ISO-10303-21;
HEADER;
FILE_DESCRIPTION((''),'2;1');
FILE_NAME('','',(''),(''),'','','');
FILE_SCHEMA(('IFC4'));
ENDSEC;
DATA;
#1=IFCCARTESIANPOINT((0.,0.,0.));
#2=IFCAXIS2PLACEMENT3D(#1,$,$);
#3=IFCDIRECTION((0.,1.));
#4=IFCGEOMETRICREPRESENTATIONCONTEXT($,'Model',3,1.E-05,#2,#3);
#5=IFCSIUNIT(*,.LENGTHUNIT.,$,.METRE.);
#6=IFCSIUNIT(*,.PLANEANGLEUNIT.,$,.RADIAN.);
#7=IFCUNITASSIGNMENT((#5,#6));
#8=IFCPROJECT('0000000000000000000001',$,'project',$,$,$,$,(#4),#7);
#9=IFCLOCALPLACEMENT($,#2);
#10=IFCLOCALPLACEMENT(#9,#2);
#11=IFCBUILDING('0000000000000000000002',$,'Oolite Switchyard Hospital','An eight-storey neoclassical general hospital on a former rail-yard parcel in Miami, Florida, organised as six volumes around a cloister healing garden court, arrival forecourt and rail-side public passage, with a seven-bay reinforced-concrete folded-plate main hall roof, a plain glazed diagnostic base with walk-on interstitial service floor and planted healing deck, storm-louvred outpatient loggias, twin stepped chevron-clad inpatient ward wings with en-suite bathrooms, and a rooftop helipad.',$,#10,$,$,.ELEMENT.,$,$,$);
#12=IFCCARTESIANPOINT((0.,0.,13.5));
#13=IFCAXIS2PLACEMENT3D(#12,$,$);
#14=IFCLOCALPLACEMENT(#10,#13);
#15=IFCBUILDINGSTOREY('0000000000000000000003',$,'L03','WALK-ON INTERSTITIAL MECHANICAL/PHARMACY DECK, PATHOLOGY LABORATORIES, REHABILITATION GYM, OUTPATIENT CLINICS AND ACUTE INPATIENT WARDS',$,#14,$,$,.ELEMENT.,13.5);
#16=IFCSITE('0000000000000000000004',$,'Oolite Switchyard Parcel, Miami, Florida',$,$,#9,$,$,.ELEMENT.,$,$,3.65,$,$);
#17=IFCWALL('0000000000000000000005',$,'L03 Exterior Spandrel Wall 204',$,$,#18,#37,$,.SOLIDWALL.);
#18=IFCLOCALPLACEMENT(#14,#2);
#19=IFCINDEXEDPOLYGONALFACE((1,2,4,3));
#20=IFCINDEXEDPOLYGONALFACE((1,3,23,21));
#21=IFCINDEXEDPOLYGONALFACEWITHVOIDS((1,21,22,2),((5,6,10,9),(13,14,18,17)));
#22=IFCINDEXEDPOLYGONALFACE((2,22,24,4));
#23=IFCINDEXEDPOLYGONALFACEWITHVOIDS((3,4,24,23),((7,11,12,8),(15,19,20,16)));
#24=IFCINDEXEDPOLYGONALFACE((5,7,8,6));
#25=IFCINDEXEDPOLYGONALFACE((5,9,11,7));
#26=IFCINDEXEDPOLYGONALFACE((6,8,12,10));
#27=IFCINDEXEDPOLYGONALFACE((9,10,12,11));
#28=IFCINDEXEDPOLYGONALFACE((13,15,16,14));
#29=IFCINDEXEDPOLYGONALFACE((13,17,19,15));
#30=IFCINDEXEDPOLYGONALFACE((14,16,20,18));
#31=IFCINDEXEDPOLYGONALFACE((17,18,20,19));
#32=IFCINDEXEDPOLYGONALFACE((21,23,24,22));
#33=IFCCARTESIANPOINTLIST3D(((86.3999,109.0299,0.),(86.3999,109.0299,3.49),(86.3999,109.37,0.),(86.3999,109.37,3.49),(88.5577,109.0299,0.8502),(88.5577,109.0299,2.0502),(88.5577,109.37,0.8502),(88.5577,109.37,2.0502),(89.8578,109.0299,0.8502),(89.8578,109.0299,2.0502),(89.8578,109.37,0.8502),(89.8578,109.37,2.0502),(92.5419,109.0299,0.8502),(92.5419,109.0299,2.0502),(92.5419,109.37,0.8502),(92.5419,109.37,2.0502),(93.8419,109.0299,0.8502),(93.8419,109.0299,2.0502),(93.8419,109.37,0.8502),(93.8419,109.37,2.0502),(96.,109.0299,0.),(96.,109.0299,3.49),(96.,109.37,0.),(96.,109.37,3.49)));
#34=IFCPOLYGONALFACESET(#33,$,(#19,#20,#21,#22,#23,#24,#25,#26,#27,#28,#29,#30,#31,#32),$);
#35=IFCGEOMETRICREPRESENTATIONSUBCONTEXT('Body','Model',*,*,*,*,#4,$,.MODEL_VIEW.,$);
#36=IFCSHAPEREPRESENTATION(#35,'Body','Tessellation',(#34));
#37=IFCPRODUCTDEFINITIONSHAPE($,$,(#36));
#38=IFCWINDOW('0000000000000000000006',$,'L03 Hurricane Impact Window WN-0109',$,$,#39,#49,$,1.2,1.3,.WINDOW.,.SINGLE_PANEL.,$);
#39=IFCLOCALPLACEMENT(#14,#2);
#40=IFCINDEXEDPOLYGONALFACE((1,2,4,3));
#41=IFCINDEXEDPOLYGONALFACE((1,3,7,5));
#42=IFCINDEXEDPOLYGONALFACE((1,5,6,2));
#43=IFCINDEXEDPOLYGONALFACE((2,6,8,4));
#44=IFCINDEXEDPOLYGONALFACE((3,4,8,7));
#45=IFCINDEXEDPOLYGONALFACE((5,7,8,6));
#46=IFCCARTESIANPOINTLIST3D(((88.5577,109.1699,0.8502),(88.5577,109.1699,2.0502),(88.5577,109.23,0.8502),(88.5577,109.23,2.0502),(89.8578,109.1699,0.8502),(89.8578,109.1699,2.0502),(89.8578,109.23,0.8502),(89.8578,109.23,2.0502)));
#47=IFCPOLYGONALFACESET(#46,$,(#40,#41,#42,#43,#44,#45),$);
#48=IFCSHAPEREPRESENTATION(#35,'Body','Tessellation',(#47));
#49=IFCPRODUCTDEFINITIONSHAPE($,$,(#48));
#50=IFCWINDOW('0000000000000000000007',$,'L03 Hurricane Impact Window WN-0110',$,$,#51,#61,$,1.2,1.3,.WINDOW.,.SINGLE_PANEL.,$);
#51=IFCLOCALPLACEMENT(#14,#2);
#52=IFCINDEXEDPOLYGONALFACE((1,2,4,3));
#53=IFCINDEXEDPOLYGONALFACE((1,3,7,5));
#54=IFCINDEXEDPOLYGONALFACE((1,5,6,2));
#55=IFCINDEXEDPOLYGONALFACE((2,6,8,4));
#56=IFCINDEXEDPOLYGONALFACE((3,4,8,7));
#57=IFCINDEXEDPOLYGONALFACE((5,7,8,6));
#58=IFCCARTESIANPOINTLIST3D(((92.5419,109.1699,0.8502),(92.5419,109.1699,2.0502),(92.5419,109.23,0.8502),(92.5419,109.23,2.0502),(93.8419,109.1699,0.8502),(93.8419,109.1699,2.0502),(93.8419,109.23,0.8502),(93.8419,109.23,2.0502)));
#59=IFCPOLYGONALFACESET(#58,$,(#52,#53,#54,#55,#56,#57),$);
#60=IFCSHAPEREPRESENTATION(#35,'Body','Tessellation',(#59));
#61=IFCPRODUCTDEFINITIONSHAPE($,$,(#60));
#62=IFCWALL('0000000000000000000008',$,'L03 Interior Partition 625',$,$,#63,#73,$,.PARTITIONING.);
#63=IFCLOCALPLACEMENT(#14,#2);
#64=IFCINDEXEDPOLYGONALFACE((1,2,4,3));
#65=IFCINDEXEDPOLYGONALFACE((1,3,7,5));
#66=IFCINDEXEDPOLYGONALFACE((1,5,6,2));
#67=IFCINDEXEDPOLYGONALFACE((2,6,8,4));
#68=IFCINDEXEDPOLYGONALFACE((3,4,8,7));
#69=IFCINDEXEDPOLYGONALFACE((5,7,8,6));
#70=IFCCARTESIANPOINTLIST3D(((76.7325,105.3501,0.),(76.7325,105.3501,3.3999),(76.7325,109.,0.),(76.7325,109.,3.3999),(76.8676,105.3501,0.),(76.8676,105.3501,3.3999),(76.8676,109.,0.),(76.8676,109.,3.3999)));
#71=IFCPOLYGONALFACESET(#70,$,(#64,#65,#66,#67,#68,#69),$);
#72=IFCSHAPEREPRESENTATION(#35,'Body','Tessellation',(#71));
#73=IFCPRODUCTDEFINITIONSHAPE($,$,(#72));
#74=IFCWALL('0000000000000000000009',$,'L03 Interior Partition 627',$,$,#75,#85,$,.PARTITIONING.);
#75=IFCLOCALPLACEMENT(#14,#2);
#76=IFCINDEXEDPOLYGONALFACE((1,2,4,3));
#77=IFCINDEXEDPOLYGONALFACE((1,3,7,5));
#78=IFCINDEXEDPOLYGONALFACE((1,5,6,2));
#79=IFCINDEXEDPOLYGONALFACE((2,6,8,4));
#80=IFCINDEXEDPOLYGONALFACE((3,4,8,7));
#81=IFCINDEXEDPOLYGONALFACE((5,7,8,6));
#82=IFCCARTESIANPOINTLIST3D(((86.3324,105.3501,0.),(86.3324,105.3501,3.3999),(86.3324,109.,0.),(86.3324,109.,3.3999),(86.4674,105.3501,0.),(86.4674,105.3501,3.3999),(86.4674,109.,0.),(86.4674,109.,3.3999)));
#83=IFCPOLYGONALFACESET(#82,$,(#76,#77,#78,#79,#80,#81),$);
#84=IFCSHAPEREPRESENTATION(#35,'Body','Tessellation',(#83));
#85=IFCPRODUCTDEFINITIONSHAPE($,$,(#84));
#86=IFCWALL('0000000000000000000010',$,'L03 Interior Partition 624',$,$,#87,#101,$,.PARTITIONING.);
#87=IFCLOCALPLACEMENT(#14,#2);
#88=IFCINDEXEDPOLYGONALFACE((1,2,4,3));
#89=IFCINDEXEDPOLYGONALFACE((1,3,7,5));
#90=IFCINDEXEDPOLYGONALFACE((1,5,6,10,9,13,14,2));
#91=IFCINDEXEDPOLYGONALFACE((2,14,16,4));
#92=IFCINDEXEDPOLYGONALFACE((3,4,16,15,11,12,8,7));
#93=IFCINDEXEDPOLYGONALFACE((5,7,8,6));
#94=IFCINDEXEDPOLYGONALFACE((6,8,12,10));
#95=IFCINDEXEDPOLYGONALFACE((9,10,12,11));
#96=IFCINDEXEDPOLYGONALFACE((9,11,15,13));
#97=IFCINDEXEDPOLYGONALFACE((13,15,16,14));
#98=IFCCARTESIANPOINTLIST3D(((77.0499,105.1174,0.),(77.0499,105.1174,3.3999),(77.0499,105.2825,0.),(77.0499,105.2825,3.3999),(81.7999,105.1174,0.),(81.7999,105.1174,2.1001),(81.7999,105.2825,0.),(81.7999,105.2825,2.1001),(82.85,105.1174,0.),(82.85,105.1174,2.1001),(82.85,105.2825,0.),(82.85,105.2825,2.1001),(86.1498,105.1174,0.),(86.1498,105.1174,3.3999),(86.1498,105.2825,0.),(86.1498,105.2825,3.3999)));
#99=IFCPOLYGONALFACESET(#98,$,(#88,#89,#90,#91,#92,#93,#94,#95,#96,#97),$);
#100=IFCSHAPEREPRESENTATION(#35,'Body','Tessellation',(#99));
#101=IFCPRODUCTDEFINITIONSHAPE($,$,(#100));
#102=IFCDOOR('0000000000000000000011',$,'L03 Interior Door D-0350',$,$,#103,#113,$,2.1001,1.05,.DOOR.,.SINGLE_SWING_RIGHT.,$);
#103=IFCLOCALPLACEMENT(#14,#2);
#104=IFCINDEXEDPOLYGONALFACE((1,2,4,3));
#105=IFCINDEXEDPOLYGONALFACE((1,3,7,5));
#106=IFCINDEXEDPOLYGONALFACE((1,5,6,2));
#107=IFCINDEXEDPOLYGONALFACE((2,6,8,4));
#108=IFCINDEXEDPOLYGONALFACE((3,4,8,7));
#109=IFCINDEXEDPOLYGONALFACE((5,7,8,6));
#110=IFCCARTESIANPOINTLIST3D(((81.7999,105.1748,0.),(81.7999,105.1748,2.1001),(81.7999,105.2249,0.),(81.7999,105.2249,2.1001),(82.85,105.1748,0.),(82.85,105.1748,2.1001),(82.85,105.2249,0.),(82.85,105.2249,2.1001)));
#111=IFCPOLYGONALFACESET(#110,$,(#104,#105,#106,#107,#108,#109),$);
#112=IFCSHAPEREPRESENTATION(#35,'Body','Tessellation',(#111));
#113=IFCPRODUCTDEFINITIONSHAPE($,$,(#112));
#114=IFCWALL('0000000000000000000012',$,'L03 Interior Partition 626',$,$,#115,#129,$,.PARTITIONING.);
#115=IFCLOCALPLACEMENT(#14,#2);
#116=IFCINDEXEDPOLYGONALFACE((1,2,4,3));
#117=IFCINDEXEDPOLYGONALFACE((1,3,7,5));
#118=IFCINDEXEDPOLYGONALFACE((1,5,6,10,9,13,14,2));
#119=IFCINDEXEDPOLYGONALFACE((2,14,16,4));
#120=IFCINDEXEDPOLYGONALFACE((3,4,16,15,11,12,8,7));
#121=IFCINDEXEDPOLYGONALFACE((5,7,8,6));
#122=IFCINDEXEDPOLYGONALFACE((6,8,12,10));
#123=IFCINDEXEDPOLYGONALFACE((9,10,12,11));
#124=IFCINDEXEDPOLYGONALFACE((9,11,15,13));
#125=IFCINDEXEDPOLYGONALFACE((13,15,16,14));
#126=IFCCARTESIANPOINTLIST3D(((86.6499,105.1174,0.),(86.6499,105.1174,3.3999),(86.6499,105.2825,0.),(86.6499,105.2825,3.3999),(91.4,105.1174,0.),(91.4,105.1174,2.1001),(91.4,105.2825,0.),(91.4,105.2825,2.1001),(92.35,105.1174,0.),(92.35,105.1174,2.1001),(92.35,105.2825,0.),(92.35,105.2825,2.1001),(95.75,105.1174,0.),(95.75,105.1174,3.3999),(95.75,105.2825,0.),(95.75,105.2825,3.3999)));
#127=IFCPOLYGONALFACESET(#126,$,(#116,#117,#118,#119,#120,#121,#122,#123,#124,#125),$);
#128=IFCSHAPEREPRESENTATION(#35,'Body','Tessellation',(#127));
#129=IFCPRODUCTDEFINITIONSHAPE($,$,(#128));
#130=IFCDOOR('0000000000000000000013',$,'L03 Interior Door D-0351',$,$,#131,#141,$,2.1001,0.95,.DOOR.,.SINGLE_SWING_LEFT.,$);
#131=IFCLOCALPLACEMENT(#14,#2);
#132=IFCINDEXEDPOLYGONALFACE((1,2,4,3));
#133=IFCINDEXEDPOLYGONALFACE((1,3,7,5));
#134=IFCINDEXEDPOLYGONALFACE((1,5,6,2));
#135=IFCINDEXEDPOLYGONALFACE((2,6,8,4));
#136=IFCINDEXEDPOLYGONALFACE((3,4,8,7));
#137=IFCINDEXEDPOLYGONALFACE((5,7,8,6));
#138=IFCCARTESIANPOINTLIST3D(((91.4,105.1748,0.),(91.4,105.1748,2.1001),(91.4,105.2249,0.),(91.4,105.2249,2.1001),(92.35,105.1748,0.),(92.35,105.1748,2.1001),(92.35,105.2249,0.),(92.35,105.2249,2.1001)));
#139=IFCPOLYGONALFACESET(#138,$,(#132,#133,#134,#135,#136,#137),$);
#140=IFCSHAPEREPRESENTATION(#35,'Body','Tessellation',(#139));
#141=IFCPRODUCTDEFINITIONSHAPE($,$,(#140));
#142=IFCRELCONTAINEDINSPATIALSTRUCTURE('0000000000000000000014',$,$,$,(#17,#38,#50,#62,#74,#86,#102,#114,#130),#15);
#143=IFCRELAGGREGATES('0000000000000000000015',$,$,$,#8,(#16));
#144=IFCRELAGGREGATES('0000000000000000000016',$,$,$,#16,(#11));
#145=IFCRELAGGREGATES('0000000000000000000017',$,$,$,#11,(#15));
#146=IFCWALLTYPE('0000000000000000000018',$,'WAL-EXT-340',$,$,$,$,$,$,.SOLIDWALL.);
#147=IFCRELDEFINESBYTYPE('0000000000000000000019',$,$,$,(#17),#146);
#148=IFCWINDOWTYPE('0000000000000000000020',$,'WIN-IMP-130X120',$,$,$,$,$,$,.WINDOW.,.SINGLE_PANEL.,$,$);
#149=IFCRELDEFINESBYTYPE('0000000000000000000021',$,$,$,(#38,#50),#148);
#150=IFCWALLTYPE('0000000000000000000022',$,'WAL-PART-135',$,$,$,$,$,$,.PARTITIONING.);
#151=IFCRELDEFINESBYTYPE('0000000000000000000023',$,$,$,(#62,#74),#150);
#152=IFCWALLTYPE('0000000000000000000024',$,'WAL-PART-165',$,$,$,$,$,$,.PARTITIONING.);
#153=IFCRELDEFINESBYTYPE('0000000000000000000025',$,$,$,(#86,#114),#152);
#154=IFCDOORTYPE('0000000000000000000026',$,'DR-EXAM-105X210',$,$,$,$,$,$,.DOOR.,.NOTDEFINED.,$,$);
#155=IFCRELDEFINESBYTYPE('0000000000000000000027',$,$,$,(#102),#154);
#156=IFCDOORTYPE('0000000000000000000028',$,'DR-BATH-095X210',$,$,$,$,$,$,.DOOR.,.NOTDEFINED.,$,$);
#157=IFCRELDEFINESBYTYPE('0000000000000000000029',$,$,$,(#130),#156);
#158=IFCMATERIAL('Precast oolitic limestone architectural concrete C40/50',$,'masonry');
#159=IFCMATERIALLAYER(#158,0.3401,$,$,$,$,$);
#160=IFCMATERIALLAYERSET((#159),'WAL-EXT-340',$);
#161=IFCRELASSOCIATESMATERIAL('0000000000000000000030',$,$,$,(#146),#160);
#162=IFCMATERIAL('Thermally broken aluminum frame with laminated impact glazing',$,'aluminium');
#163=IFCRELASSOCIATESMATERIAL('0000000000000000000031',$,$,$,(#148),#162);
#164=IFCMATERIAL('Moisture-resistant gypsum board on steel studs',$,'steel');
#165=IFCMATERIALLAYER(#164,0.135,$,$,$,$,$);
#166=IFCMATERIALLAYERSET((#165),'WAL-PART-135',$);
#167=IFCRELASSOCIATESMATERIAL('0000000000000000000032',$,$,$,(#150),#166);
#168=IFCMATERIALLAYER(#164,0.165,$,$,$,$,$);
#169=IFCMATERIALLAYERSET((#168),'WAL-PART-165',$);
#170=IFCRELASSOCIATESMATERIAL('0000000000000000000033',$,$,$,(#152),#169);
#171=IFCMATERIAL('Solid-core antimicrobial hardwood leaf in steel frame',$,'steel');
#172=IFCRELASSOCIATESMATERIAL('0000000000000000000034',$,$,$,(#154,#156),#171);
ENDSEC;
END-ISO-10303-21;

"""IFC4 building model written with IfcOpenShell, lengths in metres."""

from ifc_helpers import new_model, si_unit, direction, frame, frame_2d, origin, place, context, subcontext, project, spatial, rectangle, extrude, material, layer, layer_set, type_object, element, fill, save


model = new_model("IFC4")

# Units and contexts
model_context = context("Model", 3, precision=1e-05, world=origin(), true_north=direction((0.0, 1.0)))
body_context = subcontext(model_context, "Body", "Model", "MODEL_VIEW")
ifc_project = project(units=[si_unit("LENGTHUNIT", "METRE"), si_unit("PLANEANGLEUNIT", "RADIAN")], contexts=[model_context])

# Site, building, storey
site_placement = place(None, origin())
site = spatial("IfcSite", under=ifc_project, at=site_placement, Name="Oolite Switchyard Parcel, Miami, Florida", CompositionType="ELEMENT", RefElevation=3.65)
building_placement = place(site_placement, origin())
building = spatial("IfcBuilding", under=site, at=building_placement, Name="Oolite Switchyard Hospital", Description="An eight-storey neoclassical general hospital on a former rail-yard parcel in Miami, Florida, organised as six volumes around a cloister healing garden court, arrival forecourt and rail-side public passage, with a seven-bay reinforced-concrete folded-plate main hall roof, a plain glazed diagnostic base with walk-on interstitial service floor and planted healing deck, storm-louvred outpatient loggias, twin stepped chevron-clad inpatient ward wings with en-suite bathrooms, and a rooftop helipad.", CompositionType="ELEMENT")
storey_placement = place(building_placement, frame((0.0, 0.0, 13.5)))
storey = spatial("IfcBuildingStorey", under=building, at=storey_placement, Name="L03", Description="WALK-ON INTERSTITIAL MECHANICAL/PHARMACY DECK, PATHOLOGY LABORATORIES, REHABILITATION GYM, OUTPATIENT CLINICS AND ACUTE INPATIENT WARDS", CompositionType="ELEMENT", Elevation=13.5)

# Wall, openings, windows
ifc_material_1 = material(Name="Precast oolitic limestone architectural concrete C40/50", Category="masonry")
ifc_material_2 = material(Name="Thermally broken aluminum frame with laminated impact glazing", Category="aluminium")
ifc_layer_1 = layer(ifc_material_1, 0.3401)
ifc_layer_set_1 = layer_set([ifc_layer_1], Name="WAL-EXT-340")
wall_type_1 = type_object("IfcWallType", Name="WAL-EXT-340", PredefinedType="SOLIDWALL", material=ifc_layer_set_1)
wall_1_placement = place(storey_placement, frame((86.3999, 109.2, 0.0), z_axis=(0.0, 0.0, 1.0), x_axis=(1.0, 0.0, 0.0)))
wall_1 = element("IfcWall", 1, at=wall_1_placement, inside=storey, type_object=wall_type_1, Name="L03 Exterior Spandrel Wall 204", PredefinedType="SOLIDWALL", context=body_context, shape_type="SweptSolid", body=[
    extrude(rectangle(XDim=9.6001, YDim=0.3401, at=frame_2d((4.8, 0.0))), origin(), (0.0, 0.0, 1.0), 3.49),
])
opening_1_placement = place(wall_1_placement, frame((2.158, 0.0, 0.8501)))
opening_1 = element("IfcOpeningElement", 2, at=opening_1_placement, cuts=wall_1, PredefinedType="OPENING", context=body_context, shape_type="SweptSolid", body=[
    extrude(rectangle(XDim=1.3, YDim=1.2, at=frame_2d((0.6499, 0.6001))), frame((0.0, 0.1802, 0.0), z_axis=(0.0, -1.0, 0.0), x_axis=(1.0, 0.0, 0.0)), (0.0, 0.0, 1.0), 0.3601),
])
opening_2_placement = place(wall_1_placement, frame((6.1421, 0.0, 0.8501)))
opening_2 = element("IfcOpeningElement", 3, at=opening_2_placement, cuts=wall_1, PredefinedType="OPENING", context=body_context, shape_type="SweptSolid", body=[
    extrude(rectangle(XDim=1.3, YDim=1.2, at=frame_2d((0.6499, 0.6001))), frame((0.0, 0.1802, 0.0), z_axis=(0.0, -1.0, 0.0), x_axis=(1.0, 0.0, 0.0)), (0.0, 0.0, 1.0), 0.3601),
])
window_type_1 = type_object("IfcWindowType", Name="WIN-IMP-130X120", PartitioningType="SINGLE_PANEL", PredefinedType="WINDOW", material=ifc_material_2)
window_1_placement = place(opening_1_placement, origin())
window_1 = element("IfcWindow", 4, at=window_1_placement, inside=storey, type_object=window_type_1, Name="L03 Hurricane Impact Window WN-0109", OverallHeight=1.2, OverallWidth=1.3, PartitioningType="SINGLE_PANEL", PredefinedType="WINDOW", context=body_context, shape_type="SweptSolid", body=[
    extrude(rectangle(XDim=1.3, YDim=1.2, at=frame_2d((0.6499, 0.6001))), frame((0.0, 0.03, 0.0), z_axis=(0.0, -1.0, 0.0), x_axis=(1.0, 0.0, 0.0)), (0.0, 0.0, 1.0), 0.0601),
])
fill(opening_1, window_1)
window_2_placement = place(opening_2_placement, origin())
window_2 = element("IfcWindow", 5, at=window_2_placement, inside=storey, type_object=window_type_1, Name="L03 Hurricane Impact Window WN-0110", OverallHeight=1.2, OverallWidth=1.3, PartitioningType="SINGLE_PANEL", PredefinedType="WINDOW", context=body_context, shape_type="SweptSolid", body=[
    extrude(rectangle(XDim=1.3, YDim=1.2, at=frame_2d((0.6499, 0.6001))), frame((0.0, 0.03, 0.0), z_axis=(0.0, -1.0, 0.0), x_axis=(1.0, 0.0, 0.0)), (0.0, 0.0, 1.0), 0.0601),
])
fill(opening_2, window_2)

# Walls
ifc_material_3 = material(Name="Moisture-resistant gypsum board on steel studs", Category="steel")
ifc_layer_2 = layer(ifc_material_3, 0.135)
ifc_layer_set_2 = layer_set([ifc_layer_2], Name="WAL-PART-135")
wall_type_2 = type_object("IfcWallType", Name="WAL-PART-135", PredefinedType="PARTITIONING", material=ifc_layer_set_2)
for number, where, z_axis, x_axis, name in (
    (6, (76.8, 105.3501, 0.0), (0.0, 0.0, 1.0), (0.0, 1.0, 0.0), "L03 Interior Partition 625"),
    (7, (86.3999, 105.3501, 0.0), (0.0, 0.0, 1.0), (0.0, 1.0, 0.0), "L03 Interior Partition 627"),
):
    element("IfcWall", number, at=place(storey_placement, frame(where, z_axis=z_axis, x_axis=x_axis)), inside=storey, type_object=wall_type_2, Name=name, PredefinedType="PARTITIONING", context=body_context, shape_type="SweptSolid", body=[
        extrude(rectangle(XDim=3.6499, YDim=0.135, at=frame_2d((1.825, 0.0))), origin(), (0.0, 0.0, 1.0), 3.3999),
    ])

# Walls, openings, doors
ifc_layer_3 = layer(ifc_material_3, 0.165)
ifc_layer_set_3 = layer_set([ifc_layer_3], Name="WAL-PART-165")
wall_type_3 = type_object("IfcWallType", Name="WAL-PART-165", PredefinedType="PARTITIONING", material=ifc_layer_set_3)
wall_2_placement = place(storey_placement, frame((77.05, 105.2, 0.0), z_axis=(0.0, 0.0, 1.0), x_axis=(1.0, 0.0, 0.0)))
wall_2 = element("IfcWall", 8, at=wall_2_placement, inside=storey, type_object=wall_type_3, Name="L03 Interior Partition 624", PredefinedType="PARTITIONING", context=body_context, shape_type="SweptSolid", body=[
    extrude(rectangle(XDim=9.0999, YDim=0.165, at=frame_2d((4.5498, 0.0))), origin(), (0.0, 0.0, 1.0), 3.3999),
])
opening_3_placement = place(wall_2_placement, frame((4.75, 0.0, 0.0)))
opening_3 = element("IfcOpeningElement", 9, at=opening_3_placement, cuts=wall_2, PredefinedType="OPENING", context=body_context, shape_type="SweptSolid", body=[
    extrude(rectangle(XDim=1.05, YDim=2.1001, at=frame_2d((0.5249, 1.05))), frame((0.0, 0.0925, 0.0), z_axis=(0.0, -1.0, 0.0), x_axis=(1.0, 0.0, 0.0)), (0.0, 0.0, 1.0), 0.1851),
])
ifc_material_4 = material(Name="Solid-core antimicrobial hardwood leaf in steel frame", Category="steel")
door_type_1 = type_object("IfcDoorType", Name="DR-EXAM-105X210", OperationType="NOTDEFINED", PredefinedType="DOOR", material=ifc_material_4)
door_1_placement = place(opening_3_placement, origin())
door_1 = element("IfcDoor", 10, at=door_1_placement, inside=storey, type_object=door_type_1, Name="L03 Interior Door D-0350", OperationType="SINGLE_SWING_RIGHT", OverallHeight=2.1001, OverallWidth=1.05, PredefinedType="DOOR", context=body_context, shape_type="SweptSolid", body=[
    extrude(rectangle(XDim=1.05, YDim=2.1001, at=frame_2d((0.5249, 1.05))), frame((0.0, 0.0249, 0.0), z_axis=(0.0, -1.0, 0.0), x_axis=(1.0, 0.0, 0.0)), (0.0, 0.0, 1.0), 0.05),
])
fill(opening_3, door_1)
wall_3_placement = place(storey_placement, frame((86.6499, 105.2, 0.0), z_axis=(0.0, 0.0, 1.0), x_axis=(1.0, 0.0, 0.0)))
wall_3 = element("IfcWall", 11, at=wall_3_placement, inside=storey, type_object=wall_type_3, Name="L03 Interior Partition 626", PredefinedType="PARTITIONING", context=body_context, shape_type="SweptSolid", body=[
    extrude(rectangle(XDim=9.1001, YDim=0.165, at=frame_2d((4.55, 0.0))), origin(), (0.0, 0.0, 1.0), 3.3999),
])
opening_4_placement = place(wall_3_placement, frame((4.75, 0.0, 0.0)))
opening_4 = element("IfcOpeningElement", 12, at=opening_4_placement, cuts=wall_3, PredefinedType="OPENING", context=body_context, shape_type="SweptSolid", body=[
    extrude(rectangle(XDim=0.95, YDim=2.1001, at=frame_2d((0.4751, 1.05))), frame((0.0, 0.0925, 0.0), z_axis=(0.0, -1.0, 0.0), x_axis=(1.0, 0.0, 0.0)), (0.0, 0.0, 1.0), 0.1851),
])
door_type_2 = type_object("IfcDoorType", Name="DR-BATH-095X210", OperationType="NOTDEFINED", PredefinedType="DOOR", material=ifc_material_4)
door_2_placement = place(opening_4_placement, origin())
door_2 = element("IfcDoor", 13, at=door_2_placement, inside=storey, type_object=door_type_2, Name="L03 Interior Door D-0351", OperationType="SINGLE_SWING_LEFT", OverallHeight=2.1001, OverallWidth=0.95, PredefinedType="DOOR", context=body_context, shape_type="SweptSolid", body=[
    extrude(rectangle(XDim=0.95, YDim=2.1001, at=frame_2d((0.4751, 1.05))), frame((0.0, 0.0249, 0.0), z_axis=(0.0, -1.0, 0.0), x_axis=(1.0, 0.0, 0.0)), (0.0, 0.0, 1.0), 0.05),
])
fill(opening_4, door_2)

save(model, "model.ifc")
